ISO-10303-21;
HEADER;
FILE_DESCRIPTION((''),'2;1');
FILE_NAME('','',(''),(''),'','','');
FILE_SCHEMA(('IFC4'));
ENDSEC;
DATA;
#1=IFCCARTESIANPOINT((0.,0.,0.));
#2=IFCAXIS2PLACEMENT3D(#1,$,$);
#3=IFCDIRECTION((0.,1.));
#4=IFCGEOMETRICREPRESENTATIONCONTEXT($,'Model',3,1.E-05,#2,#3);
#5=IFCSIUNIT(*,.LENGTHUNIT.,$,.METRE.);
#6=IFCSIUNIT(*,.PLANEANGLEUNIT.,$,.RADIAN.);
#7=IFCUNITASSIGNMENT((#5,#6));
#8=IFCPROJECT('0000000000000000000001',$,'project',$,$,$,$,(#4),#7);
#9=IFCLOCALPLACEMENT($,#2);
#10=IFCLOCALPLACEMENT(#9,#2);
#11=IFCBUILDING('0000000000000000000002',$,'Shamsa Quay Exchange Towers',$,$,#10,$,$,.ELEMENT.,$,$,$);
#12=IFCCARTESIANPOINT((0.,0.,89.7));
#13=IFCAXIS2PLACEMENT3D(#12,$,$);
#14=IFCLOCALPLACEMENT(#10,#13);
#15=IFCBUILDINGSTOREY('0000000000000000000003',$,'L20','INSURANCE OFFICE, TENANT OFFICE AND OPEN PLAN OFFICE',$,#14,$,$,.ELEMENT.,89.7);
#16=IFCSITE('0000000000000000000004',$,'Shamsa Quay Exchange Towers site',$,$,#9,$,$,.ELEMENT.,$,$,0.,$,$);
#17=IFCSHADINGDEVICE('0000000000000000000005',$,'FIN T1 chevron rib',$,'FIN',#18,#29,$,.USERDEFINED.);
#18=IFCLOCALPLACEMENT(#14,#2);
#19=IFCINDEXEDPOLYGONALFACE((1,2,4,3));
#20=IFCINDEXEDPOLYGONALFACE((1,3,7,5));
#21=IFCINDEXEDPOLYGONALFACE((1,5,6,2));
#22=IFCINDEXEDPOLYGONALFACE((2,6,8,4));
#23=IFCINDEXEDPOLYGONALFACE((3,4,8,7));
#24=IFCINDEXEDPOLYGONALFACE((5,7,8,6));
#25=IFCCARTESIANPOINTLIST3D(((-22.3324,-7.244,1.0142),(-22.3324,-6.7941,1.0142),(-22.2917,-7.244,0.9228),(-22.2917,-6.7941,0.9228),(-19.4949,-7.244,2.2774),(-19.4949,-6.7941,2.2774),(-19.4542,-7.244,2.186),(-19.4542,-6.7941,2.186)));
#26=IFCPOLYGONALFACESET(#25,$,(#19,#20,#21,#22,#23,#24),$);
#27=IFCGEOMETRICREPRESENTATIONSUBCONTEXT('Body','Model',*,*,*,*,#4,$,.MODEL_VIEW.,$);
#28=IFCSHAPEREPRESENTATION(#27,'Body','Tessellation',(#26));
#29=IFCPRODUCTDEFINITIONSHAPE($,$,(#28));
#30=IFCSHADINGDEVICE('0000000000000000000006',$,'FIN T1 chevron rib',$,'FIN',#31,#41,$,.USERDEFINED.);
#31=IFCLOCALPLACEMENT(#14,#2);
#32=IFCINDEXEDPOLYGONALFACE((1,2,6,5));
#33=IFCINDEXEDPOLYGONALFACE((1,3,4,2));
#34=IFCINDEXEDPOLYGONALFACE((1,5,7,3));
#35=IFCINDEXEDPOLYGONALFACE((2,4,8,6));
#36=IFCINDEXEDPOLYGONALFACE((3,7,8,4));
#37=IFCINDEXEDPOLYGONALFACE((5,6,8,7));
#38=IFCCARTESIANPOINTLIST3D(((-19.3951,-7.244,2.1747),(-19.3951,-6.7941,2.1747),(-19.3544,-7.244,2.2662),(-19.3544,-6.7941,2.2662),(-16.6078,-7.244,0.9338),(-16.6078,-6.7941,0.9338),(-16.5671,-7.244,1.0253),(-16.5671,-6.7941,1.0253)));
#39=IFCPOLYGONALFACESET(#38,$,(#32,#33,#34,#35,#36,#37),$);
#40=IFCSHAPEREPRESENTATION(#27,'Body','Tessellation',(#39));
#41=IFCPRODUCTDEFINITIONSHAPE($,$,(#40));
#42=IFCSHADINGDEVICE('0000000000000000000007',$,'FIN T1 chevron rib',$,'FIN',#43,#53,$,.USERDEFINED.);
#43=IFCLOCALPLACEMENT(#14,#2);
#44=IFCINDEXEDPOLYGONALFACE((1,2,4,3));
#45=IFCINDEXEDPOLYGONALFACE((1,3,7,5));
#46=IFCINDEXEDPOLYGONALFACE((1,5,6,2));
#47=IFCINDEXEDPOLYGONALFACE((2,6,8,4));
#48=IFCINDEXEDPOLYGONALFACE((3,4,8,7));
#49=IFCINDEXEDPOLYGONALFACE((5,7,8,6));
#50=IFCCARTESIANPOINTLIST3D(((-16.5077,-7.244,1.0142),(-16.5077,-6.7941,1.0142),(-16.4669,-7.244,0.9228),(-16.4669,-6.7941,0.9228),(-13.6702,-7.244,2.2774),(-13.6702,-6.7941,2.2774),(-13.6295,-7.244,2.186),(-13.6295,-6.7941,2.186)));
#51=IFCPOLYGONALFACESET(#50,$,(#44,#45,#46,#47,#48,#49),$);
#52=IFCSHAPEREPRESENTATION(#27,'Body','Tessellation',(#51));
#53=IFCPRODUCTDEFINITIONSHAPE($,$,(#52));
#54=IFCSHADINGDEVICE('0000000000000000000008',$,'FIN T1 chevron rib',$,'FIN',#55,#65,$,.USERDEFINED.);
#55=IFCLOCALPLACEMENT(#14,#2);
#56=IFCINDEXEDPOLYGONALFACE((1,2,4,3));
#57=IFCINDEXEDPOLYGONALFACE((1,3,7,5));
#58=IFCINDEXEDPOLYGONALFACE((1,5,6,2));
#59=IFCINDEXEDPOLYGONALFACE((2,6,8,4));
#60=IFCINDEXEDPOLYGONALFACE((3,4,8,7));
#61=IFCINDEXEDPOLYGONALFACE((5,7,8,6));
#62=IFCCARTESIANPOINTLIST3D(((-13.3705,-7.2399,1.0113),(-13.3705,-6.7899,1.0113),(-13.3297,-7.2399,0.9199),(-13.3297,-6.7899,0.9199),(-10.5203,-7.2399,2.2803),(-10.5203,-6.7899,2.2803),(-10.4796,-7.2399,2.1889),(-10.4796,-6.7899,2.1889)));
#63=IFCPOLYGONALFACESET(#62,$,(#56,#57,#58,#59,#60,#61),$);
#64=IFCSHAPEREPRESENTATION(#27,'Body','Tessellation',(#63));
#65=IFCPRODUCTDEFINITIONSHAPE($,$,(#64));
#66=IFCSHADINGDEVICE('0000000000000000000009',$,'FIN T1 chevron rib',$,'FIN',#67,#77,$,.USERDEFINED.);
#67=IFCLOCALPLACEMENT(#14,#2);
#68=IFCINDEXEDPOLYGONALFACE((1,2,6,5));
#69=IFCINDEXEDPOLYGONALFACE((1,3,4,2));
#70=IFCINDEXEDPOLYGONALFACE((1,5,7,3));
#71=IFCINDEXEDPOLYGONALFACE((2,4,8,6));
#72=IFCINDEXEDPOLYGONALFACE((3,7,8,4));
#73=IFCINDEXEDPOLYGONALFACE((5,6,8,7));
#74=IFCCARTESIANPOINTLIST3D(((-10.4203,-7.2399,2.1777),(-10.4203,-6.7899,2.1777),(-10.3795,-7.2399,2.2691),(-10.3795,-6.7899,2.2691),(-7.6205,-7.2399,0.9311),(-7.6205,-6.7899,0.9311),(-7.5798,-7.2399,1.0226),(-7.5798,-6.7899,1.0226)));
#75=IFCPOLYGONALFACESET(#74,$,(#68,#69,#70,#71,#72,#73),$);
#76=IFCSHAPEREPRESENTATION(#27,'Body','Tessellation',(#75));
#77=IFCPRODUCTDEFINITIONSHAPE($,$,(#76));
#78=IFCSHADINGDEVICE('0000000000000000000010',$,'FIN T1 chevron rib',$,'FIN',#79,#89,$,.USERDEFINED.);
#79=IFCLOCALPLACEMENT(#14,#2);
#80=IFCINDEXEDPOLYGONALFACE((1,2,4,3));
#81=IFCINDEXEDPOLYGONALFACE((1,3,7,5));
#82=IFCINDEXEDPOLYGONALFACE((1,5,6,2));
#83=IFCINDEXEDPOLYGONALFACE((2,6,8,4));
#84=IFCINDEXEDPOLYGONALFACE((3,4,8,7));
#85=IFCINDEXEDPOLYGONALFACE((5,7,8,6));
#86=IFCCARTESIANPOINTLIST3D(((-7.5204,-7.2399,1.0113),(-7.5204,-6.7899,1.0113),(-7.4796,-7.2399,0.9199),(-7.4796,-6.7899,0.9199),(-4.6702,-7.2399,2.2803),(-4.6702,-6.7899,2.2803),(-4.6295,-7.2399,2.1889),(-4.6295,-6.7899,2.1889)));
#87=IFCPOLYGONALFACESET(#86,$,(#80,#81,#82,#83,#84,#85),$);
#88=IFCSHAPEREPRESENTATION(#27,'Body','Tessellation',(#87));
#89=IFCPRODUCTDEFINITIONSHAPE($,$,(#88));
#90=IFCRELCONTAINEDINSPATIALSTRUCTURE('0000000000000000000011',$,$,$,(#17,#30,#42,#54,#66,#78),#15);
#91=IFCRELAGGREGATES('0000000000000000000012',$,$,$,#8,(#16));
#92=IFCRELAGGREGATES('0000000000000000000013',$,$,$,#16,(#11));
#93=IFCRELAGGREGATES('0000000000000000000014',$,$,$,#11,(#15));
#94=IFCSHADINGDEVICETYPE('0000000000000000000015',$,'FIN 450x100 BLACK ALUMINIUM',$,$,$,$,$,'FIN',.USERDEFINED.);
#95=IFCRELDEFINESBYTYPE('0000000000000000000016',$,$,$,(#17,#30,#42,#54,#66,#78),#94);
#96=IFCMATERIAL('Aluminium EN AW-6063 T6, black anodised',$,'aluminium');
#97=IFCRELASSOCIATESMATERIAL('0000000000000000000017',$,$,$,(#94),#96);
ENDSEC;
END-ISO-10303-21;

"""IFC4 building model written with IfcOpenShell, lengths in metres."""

from ifc_helpers import new_model, si_unit, direction, frame, origin, origin_2d, place, context, subcontext, project, spatial, rectangle, extrude, material, material_profile, profile_set, type_object, element, save


model = new_model("IFC4")

# Units and contexts
model_context = context("Model", 3, precision=1e-05, world=origin(), true_north=direction((0.0, 1.0)))
body_context = subcontext(model_context, "Body", "Model", "MODEL_VIEW")
ifc_project = project(units=[si_unit("LENGTHUNIT", "METRE"), si_unit("PLANEANGLEUNIT", "RADIAN")], contexts=[model_context])

# Site, building, storey
site_placement = place(None, origin())
site = spatial("IfcSite", under=ifc_project, at=site_placement, Name="Shamsa Quay Exchange Towers site", CompositionType="ELEMENT", RefElevation=0.0)
building_placement = place(site_placement, origin())
building = spatial("IfcBuilding", under=site, at=building_placement, Name="Shamsa Quay Exchange Towers", CompositionType="ELEMENT")
storey_placement = place(building_placement, frame((0.0, 0.0, 89.7)))
storey = spatial("IfcBuildingStorey", under=building, at=storey_placement, Name="L20", Description="INSURANCE OFFICE, TENANT OFFICE AND OPEN PLAN OFFICE", CompositionType="ELEMENT", Elevation=89.7)

# Shared definitions
ifc_material_1 = material(Name="Aluminium EN AW-6063 T6, black anodised", Category="aluminium")

# Shading devices
ifc_material_profile_1 = material_profile(ifc_material_1, rectangle(XDim=0.45, YDim=0.1001, at=origin_2d()), Name="FIN450x100")
ifc_profile_set_1 = profile_set([ifc_material_profile_1], Name="Aluminium EN AW-6063 T6, black anodised")
shading_device_type = type_object("IfcShadingDeviceType", Name="FIN 450x100 BLACK ALUMINIUM", ElementType="FIN", PredefinedType="USERDEFINED", material=ifc_profile_set_1)
shading_device_1_placement = place(storey_placement, frame((-22.312, -7.019, 0.9685), z_axis=(0.913559, 0.0, 0.406707), x_axis=(0.0, 1.0, 0.0)))
element("IfcShadingDevice", 1, at=shading_device_1_placement, inside=storey, type_object=shading_device_type, Name="FIN T1 chevron rib", ObjectType="FIN", PredefinedType="USERDEFINED", context=body_context, shape_type="SweptSolid", body=[
    extrude(rectangle(XDim=0.45, YDim=0.1001, at=origin_2d()), origin(), (0.0, 0.0, 1.0), 3.106),
])
shading_device_2_placement = place(storey_placement, frame((-19.3748, -7.019, 2.2205), z_axis=(0.913551, 0.0, -0.406725), x_axis=(0.0, 1.0, 0.0)))
element("IfcShadingDevice", 2, at=shading_device_2_placement, inside=storey, type_object=shading_device_type, Name="FIN T1 chevron rib", ObjectType="FIN", PredefinedType="USERDEFINED", context=body_context, shape_type="SweptSolid", body=[
    extrude(rectangle(XDim=0.45, YDim=0.1001, at=origin_2d()), origin(), (0.0, 0.0, 1.0), 3.051),
])
shading_device_3_placement = place(storey_placement, frame((-16.4873, -7.019, 0.9685), z_axis=(0.913559, 0.0, 0.406707), x_axis=(0.0, 1.0, 0.0)))
element("IfcShadingDevice", 3, at=shading_device_3_placement, inside=storey, type_object=shading_device_type, Name="FIN T1 chevron rib", ObjectType="FIN", PredefinedType="USERDEFINED", context=body_context, shape_type="SweptSolid", body=[
    extrude(rectangle(XDim=0.45, YDim=0.1001, at=origin_2d()), origin(), (0.0, 0.0, 1.0), 3.106),
])
shading_device_4_placement = place(storey_placement, frame((-13.3501, -7.0149, 0.9656), z_axis=(0.913534, 0.0, 0.406763), x_axis=(0.0, 1.0, 0.0)))
element("IfcShadingDevice", 4, at=shading_device_4_placement, inside=storey, type_object=shading_device_type, Name="FIN T1 chevron rib", ObjectType="FIN", PredefinedType="USERDEFINED", context=body_context, shape_type="SweptSolid", body=[
    extrude(rectangle(XDim=0.45, YDim=0.1001, at=origin_2d()), origin(), (0.0, 0.0, 1.0), 3.1199),
])
shading_device_5_placement = place(storey_placement, frame((-10.3999, -7.0149, 2.2234), z_axis=(0.913542, 0.0, -0.406744), x_axis=(0.0, 1.0, 0.0)))
element("IfcShadingDevice", 5, at=shading_device_5_placement, inside=storey, type_object=shading_device_type, Name="FIN T1 chevron rib", ObjectType="FIN", PredefinedType="USERDEFINED", context=body_context, shape_type="SweptSolid", body=[
    extrude(rectangle(XDim=0.45, YDim=0.1001, at=origin_2d()), origin(), (0.0, 0.0, 1.0), 3.0647),
])
shading_device_6_placement = place(storey_placement, frame((-7.5, -7.0149, 0.9656), z_axis=(0.913534, 0.0, 0.406763), x_axis=(0.0, 1.0, 0.0)))
element("IfcShadingDevice", 6, at=shading_device_6_placement, inside=storey, type_object=shading_device_type, Name="FIN T1 chevron rib", ObjectType="FIN", PredefinedType="USERDEFINED", context=body_context, shape_type="SweptSolid", body=[
    extrude(rectangle(XDim=0.45, YDim=0.1001, at=origin_2d()), origin(), (0.0, 0.0, 1.0), 3.1199),
])

save(model, "model.ifc")
